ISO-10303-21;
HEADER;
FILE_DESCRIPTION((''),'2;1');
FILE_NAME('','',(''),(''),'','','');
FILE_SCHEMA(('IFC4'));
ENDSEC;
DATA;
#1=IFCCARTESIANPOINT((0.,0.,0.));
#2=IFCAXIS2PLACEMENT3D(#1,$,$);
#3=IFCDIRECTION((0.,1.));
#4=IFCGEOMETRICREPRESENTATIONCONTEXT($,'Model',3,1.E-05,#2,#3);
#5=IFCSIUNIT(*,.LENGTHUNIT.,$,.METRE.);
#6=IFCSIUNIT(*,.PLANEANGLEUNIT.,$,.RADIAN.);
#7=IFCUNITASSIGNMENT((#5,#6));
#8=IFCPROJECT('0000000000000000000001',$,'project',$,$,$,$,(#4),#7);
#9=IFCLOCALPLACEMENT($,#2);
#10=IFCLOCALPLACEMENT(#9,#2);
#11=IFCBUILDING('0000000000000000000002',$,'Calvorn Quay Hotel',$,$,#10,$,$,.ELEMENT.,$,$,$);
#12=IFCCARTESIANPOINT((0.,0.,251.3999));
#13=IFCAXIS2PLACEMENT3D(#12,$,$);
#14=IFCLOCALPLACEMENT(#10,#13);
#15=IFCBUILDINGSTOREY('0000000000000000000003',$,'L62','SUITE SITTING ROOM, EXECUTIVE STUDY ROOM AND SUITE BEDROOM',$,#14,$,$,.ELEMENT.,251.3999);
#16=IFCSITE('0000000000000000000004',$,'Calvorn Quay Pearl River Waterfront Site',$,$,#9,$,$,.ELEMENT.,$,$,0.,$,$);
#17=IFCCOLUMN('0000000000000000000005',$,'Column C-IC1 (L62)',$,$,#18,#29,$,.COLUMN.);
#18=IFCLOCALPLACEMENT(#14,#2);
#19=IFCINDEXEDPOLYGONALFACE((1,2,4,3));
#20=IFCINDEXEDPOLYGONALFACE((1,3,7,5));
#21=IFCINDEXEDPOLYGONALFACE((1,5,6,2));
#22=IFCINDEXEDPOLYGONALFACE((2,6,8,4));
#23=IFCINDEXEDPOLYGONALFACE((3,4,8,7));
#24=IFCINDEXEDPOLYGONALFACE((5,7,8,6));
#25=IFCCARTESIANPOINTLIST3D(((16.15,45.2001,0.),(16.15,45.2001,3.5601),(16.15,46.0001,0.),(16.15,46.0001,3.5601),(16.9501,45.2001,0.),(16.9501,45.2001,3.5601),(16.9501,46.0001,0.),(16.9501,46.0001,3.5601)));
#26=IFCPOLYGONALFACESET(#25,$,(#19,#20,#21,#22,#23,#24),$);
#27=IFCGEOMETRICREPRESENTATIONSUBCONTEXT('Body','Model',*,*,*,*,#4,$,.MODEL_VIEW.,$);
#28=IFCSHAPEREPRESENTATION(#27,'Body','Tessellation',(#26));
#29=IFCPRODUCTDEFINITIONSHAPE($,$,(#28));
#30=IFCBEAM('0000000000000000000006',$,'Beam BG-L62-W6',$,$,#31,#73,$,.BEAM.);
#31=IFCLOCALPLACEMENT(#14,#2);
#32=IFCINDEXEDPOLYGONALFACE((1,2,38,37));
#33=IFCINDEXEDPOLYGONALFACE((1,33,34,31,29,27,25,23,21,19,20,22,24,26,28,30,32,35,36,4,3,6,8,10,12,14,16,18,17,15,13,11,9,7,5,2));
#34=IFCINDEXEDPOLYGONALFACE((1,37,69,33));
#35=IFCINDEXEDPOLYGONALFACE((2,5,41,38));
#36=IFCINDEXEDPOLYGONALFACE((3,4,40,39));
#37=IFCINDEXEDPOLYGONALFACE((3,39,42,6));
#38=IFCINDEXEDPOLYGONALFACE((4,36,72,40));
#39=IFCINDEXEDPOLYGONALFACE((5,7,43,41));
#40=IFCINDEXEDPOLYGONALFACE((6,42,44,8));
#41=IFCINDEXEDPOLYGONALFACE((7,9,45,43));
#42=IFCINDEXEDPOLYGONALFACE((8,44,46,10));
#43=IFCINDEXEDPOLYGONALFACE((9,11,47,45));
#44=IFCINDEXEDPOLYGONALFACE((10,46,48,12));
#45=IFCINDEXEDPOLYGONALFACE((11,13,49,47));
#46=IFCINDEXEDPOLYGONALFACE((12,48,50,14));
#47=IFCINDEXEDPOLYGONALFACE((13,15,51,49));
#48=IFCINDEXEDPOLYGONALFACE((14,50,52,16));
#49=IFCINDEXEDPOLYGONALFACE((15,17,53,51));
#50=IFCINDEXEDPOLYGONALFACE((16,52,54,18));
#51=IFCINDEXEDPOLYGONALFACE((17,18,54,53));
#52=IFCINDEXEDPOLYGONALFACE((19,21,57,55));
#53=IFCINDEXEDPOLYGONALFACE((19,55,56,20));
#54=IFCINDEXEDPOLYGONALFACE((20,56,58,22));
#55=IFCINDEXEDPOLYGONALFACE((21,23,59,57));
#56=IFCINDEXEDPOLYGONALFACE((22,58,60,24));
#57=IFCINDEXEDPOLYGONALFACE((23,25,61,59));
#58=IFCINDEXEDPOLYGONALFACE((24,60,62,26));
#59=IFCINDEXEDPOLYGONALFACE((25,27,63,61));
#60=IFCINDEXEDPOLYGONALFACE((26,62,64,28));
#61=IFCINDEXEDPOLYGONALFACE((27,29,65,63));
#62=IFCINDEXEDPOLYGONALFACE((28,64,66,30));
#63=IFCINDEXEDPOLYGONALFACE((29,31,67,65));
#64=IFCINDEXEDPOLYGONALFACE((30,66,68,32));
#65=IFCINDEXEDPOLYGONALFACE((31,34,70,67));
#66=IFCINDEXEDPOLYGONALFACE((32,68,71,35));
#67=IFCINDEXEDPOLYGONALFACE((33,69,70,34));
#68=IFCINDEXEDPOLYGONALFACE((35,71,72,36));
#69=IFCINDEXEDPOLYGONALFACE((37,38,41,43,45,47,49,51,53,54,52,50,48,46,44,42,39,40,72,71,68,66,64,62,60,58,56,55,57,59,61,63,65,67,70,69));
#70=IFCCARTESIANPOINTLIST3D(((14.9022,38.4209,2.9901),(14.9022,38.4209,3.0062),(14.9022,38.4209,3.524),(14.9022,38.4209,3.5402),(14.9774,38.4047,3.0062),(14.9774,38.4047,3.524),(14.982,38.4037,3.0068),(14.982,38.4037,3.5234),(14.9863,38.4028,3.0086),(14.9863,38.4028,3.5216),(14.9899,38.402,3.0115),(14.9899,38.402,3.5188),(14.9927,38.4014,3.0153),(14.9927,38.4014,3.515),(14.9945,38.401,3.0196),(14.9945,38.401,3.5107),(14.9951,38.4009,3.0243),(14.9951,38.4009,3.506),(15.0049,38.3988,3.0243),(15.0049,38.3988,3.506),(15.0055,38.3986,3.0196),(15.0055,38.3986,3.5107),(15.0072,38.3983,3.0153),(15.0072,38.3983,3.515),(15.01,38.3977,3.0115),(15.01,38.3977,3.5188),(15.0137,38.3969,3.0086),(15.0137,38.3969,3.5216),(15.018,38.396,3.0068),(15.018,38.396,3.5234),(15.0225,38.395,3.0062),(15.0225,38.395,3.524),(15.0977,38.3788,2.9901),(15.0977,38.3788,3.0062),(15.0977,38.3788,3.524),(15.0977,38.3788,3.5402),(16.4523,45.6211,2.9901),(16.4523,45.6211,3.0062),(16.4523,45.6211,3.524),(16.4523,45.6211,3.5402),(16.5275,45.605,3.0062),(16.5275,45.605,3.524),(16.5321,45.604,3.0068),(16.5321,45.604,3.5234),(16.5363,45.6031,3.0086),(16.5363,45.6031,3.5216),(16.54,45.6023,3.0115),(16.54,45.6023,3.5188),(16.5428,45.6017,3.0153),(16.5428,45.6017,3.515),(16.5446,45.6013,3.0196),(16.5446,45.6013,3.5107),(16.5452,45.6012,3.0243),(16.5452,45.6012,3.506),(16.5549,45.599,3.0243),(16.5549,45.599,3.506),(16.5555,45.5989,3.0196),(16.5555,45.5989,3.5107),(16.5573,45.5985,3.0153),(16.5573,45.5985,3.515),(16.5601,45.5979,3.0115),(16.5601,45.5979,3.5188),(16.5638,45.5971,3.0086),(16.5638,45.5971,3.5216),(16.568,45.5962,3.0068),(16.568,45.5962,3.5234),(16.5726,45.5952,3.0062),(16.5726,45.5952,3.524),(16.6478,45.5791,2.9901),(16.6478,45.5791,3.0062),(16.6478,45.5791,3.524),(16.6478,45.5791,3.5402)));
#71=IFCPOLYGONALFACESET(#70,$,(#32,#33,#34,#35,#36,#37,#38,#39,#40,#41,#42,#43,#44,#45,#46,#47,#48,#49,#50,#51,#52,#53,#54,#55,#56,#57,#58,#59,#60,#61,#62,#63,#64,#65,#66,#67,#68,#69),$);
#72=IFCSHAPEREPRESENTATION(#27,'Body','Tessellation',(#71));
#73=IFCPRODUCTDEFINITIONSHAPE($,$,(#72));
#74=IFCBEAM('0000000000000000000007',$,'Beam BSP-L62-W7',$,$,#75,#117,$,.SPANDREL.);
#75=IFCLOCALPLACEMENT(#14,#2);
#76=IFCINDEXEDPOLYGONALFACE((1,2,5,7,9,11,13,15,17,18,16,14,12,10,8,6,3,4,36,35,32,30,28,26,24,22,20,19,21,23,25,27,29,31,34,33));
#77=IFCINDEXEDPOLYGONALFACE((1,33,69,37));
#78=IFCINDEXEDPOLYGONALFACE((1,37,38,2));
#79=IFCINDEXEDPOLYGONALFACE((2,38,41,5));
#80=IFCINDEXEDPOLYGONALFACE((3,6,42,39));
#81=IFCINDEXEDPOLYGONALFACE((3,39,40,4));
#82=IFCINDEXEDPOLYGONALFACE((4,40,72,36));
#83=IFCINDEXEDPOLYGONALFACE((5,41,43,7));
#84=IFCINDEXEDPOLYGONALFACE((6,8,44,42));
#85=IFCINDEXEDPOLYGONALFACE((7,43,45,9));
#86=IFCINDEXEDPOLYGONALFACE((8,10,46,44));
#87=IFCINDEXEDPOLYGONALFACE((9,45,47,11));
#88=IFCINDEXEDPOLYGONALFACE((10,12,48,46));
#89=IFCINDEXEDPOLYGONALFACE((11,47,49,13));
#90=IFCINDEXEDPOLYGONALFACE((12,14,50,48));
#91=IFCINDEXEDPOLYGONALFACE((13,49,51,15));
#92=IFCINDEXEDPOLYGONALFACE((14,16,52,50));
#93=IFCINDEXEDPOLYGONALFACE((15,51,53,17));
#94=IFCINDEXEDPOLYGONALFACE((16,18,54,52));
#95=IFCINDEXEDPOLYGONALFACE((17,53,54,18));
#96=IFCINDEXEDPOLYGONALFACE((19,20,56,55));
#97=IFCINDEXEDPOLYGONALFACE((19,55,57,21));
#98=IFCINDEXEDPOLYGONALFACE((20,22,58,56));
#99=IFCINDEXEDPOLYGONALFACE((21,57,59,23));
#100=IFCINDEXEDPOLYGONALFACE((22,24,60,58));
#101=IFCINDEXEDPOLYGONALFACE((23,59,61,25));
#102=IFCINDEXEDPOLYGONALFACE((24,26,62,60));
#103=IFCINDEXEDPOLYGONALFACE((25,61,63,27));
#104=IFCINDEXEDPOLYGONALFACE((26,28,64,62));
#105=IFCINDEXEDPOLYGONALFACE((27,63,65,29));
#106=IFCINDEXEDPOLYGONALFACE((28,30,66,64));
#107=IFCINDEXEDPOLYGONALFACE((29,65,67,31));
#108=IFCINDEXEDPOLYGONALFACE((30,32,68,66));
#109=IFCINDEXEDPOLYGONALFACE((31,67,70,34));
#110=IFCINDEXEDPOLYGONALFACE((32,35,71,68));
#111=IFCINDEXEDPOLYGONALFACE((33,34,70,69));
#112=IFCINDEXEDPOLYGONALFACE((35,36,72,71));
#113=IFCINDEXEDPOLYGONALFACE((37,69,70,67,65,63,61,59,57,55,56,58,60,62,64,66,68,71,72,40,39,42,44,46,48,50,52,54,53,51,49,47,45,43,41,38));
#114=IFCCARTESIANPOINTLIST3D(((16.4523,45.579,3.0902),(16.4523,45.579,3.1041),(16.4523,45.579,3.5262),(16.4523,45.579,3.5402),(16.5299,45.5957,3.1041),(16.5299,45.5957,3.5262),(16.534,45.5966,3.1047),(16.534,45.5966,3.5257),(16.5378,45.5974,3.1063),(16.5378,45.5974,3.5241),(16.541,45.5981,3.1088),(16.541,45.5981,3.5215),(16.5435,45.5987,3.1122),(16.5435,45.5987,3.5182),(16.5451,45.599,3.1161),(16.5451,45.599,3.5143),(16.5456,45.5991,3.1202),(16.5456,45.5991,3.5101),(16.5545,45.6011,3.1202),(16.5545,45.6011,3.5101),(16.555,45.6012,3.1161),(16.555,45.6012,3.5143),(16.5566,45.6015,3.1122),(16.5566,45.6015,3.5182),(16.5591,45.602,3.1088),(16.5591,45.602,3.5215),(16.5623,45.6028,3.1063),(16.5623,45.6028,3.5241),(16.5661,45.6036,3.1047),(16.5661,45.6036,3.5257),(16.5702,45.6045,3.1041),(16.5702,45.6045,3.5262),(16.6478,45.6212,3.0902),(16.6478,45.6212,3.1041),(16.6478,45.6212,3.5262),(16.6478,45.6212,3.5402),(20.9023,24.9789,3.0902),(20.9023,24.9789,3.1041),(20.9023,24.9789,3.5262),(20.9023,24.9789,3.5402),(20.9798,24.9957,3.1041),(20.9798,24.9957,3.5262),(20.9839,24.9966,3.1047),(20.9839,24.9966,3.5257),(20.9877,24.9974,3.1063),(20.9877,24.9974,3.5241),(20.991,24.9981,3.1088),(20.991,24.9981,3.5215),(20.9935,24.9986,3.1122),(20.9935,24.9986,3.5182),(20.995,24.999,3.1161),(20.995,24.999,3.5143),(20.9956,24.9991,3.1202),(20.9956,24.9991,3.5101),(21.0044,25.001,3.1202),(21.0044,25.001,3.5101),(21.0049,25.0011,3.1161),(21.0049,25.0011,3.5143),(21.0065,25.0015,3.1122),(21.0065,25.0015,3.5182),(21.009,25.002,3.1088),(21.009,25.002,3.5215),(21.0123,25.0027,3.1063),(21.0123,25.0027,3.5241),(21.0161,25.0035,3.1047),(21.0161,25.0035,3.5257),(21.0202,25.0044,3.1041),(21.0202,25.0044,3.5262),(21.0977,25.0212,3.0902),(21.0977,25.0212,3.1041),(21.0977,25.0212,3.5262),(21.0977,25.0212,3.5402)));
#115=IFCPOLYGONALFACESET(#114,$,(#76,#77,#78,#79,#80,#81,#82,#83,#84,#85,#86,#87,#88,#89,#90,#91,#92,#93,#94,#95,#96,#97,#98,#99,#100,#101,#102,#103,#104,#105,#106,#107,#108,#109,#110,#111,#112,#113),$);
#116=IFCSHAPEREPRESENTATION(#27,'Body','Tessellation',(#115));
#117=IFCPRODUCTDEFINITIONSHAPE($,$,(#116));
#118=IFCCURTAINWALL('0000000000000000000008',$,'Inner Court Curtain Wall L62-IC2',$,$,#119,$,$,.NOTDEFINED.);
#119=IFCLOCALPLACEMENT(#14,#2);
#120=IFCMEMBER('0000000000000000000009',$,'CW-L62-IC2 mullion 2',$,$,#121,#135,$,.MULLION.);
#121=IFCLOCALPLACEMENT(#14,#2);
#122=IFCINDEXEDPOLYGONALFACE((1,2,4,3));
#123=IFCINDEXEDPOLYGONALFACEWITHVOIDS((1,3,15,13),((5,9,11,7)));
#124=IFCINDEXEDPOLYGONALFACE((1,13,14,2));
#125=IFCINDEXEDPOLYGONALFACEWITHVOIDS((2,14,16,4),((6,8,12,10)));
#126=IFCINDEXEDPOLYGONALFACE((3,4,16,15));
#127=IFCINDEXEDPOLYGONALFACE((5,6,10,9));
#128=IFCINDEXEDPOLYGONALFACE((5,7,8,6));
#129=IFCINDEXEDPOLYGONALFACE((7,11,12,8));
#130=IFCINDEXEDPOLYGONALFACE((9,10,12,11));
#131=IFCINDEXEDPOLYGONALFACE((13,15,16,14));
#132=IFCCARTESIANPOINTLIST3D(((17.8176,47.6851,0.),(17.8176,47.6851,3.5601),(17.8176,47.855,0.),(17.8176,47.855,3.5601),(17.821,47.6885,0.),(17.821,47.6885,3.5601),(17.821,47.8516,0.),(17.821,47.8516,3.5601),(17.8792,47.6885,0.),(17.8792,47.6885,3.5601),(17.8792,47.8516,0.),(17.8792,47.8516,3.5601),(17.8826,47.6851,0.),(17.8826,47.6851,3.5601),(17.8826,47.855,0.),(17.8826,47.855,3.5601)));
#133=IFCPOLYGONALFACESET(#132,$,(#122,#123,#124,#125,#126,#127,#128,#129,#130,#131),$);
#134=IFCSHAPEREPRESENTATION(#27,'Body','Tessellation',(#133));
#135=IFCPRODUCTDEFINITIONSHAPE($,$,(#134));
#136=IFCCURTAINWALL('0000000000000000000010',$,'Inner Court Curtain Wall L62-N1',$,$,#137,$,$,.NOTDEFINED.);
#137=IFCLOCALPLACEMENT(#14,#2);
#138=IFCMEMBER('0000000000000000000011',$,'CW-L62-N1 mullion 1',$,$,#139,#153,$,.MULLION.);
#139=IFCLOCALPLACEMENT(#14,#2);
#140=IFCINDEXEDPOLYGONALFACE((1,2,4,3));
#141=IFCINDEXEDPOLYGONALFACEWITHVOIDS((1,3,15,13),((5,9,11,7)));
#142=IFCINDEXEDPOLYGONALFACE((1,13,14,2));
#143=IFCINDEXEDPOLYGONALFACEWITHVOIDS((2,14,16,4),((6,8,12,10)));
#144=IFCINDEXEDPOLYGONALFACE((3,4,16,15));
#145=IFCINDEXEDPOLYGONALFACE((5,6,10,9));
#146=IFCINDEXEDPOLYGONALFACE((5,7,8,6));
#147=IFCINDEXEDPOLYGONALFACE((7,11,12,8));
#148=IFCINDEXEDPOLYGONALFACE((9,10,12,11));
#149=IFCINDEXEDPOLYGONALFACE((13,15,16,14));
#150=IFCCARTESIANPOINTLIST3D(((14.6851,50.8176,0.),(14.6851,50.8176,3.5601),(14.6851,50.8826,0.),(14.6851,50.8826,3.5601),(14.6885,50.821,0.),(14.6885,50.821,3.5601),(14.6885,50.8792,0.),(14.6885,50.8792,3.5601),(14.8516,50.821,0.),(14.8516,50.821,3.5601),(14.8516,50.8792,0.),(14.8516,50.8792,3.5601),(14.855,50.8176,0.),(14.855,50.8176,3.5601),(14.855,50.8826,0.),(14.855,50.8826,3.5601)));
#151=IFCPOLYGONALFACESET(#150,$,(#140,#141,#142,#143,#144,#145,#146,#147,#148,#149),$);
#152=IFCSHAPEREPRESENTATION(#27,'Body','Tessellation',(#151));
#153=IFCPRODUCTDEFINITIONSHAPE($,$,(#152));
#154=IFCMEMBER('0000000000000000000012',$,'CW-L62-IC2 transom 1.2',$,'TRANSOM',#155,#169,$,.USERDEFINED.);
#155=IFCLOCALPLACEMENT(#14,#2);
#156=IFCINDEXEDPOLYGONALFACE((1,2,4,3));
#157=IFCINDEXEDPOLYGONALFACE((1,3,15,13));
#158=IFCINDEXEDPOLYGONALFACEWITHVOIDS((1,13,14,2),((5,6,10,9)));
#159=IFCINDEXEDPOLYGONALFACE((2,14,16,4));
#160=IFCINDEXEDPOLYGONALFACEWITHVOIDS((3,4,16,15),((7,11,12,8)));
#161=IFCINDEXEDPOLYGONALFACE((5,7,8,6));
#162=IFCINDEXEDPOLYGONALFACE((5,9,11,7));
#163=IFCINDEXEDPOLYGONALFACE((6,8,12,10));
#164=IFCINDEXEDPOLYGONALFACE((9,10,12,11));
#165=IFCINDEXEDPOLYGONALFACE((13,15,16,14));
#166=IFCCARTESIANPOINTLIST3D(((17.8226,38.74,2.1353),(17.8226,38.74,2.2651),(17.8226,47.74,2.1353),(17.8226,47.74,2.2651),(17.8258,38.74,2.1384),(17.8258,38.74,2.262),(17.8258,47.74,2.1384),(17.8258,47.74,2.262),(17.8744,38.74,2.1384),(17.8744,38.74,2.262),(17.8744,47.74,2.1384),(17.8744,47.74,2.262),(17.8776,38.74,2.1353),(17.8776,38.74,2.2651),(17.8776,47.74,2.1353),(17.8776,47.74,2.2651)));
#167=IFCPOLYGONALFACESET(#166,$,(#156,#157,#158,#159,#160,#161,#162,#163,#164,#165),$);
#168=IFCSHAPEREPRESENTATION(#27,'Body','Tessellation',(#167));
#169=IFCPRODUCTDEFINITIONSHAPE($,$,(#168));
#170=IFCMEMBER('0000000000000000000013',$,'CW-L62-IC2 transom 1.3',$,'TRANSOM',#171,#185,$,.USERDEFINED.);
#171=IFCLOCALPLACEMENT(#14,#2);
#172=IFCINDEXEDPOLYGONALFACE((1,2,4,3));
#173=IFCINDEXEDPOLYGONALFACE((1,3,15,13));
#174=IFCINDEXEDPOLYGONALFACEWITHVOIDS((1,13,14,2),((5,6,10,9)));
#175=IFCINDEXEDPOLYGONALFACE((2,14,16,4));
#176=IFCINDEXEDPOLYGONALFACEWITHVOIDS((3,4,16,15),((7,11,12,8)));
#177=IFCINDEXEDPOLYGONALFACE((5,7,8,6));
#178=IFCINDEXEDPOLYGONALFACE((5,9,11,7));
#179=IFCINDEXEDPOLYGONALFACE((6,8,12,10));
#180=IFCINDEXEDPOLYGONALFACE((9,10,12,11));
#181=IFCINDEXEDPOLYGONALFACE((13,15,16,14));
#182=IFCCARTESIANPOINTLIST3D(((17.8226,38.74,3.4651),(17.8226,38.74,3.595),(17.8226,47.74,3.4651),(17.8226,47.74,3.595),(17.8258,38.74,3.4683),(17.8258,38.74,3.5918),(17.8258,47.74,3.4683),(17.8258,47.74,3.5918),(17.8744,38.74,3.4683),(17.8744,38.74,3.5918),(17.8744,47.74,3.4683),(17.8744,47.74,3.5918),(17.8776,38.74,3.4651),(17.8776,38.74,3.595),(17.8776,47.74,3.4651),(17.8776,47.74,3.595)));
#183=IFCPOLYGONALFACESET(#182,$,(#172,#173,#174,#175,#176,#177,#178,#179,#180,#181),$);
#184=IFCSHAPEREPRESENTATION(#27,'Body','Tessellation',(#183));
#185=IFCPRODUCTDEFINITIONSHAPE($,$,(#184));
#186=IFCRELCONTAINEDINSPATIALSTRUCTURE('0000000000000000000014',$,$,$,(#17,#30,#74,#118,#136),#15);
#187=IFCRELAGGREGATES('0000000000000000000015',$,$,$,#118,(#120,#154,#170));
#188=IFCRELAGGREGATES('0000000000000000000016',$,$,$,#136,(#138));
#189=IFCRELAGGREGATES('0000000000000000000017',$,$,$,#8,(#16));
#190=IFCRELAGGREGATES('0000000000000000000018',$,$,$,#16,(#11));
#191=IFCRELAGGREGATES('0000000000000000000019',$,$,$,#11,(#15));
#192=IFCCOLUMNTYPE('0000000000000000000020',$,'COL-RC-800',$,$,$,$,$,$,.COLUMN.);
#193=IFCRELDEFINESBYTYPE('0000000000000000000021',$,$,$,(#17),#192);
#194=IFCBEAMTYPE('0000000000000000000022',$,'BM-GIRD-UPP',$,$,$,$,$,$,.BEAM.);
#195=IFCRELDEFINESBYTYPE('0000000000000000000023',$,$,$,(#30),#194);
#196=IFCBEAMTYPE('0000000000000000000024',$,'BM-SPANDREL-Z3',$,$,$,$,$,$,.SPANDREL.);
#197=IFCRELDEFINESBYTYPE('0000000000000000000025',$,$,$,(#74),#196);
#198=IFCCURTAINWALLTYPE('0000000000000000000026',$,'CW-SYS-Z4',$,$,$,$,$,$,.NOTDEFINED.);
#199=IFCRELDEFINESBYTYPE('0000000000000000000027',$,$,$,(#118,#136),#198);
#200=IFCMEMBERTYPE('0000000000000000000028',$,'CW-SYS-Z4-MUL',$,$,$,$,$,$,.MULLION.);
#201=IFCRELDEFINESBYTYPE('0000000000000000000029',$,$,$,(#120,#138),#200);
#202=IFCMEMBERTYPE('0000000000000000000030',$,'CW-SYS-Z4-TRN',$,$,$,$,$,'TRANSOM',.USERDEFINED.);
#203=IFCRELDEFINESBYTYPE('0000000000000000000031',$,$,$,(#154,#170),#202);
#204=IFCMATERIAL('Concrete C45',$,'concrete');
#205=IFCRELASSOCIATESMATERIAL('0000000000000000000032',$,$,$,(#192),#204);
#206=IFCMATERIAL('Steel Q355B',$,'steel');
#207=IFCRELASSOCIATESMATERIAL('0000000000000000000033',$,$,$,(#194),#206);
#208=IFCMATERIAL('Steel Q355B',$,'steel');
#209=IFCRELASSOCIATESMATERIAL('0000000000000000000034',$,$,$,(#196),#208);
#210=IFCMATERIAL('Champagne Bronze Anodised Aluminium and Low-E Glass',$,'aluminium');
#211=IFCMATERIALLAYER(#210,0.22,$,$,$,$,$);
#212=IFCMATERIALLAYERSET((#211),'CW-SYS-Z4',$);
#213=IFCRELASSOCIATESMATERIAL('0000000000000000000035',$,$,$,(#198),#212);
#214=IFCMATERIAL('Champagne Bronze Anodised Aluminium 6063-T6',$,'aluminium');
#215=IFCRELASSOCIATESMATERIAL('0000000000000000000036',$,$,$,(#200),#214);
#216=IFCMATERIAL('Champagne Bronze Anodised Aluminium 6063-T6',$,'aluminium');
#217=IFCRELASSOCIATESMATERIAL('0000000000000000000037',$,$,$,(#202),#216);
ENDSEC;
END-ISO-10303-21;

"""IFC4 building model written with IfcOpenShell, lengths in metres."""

from ifc_helpers import new_model, si_unit, direction, frame, origin, origin_2d, place, context, subcontext, project, spatial, rectangle, hollow_rectangle, i_section, extrude, material, layer, layer_set, material_profile, profile_set, type_object, element, aggregate, save


model = new_model("IFC4")

# Units and contexts
model_context = context("Model", 3, precision=1e-05, world=origin(), true_north=direction((0.0, 1.0)))
body_context = subcontext(model_context, "Body", "Model", "MODEL_VIEW")
ifc_project = project(units=[si_unit("LENGTHUNIT", "METRE"), si_unit("PLANEANGLEUNIT", "RADIAN")], contexts=[model_context])

# Site, building, storey
site_placement = place(None, origin())
site = spatial("IfcSite", under=ifc_project, at=site_placement, Name="Calvorn Quay Pearl River Waterfront Site", CompositionType="ELEMENT", RefElevation=0.0)
building_placement = place(site_placement, origin())
building = spatial("IfcBuilding", under=site, at=building_placement, Name="Calvorn Quay Hotel", CompositionType="ELEMENT")
storey_placement = place(building_placement, frame((0.0, 0.0, 251.3999)))
storey = spatial("IfcBuildingStorey", under=building, at=storey_placement, Name="L62", Description="SUITE SITTING ROOM, EXECUTIVE STUDY ROOM AND SUITE BEDROOM", CompositionType="ELEMENT", Elevation=251.3999)

# Column
ifc_material_1 = material(Name="Concrete C45", Category="concrete")
ifc_material_profile_1 = material_profile(ifc_material_1, rectangle(XDim=0.8, YDim=0.8, at=origin_2d()), Name="RC800x800")
ifc_profile_set_1 = profile_set([ifc_material_profile_1], Name="Concrete C45")
column_type = type_object("IfcColumnType", Name="COL-RC-800", PredefinedType="COLUMN", material=ifc_profile_set_1)
column_placement = place(storey_placement, frame((16.55, 45.6001, 0.0), z_axis=(0.0, 0.0, 1.0), x_axis=(1.0, 0.0, 0.0)))
element("IfcColumn", 1, at=column_placement, inside=storey, type_object=column_type, Name="Column C-IC1 (L62)", PredefinedType="COLUMN", context=body_context, shape_type="SweptSolid", body=[
    extrude(rectangle(XDim=0.8, YDim=0.8, at=origin_2d()), origin(), (0.0, 0.0, 1.0), 3.5601),
])

# Beams
ifc_material_2 = material(Name="Steel Q355B", Category="steel")
ifc_material_profile_2 = material_profile(ifc_material_2, i_section(OverallWidth=0.2, OverallDepth=0.55, WebThickness=0.01, FlangeThickness=0.0161, FilletRadius=0.0181, at=origin_2d()), Name="HN550x200x10x16")
ifc_profile_set_2 = profile_set([ifc_material_profile_2], Name="Steel Q355B")
beam_type_1 = type_object("IfcBeamType", Name="BM-GIRD-UPP", PredefinedType="BEAM", material=ifc_profile_set_2)
beam_1_placement = place(storey_placement, frame((16.55, 45.6001, 3.2651), z_axis=(-0.210457, -0.977603, 0.0), x_axis=(0.977603, -0.210457, 0.0)))
element("IfcBeam", 2, at=beam_1_placement, inside=storey, type_object=beam_type_1, Name="Beam BG-L62-W6", PredefinedType="BEAM", context=body_context, shape_type="SweptSolid", body=[
    extrude(i_section(OverallWidth=0.2, OverallDepth=0.55, WebThickness=0.01, FlangeThickness=0.0161, FilletRadius=0.0181, at=origin_2d()), origin(), (0.0, 0.0, 1.0), 7.3652),
])
ifc_material_3 = material(Name="Steel Q355B", Category="steel")
ifc_material_profile_3 = material_profile(ifc_material_3, i_section(OverallWidth=0.2, OverallDepth=0.45, WebThickness=0.009, FlangeThickness=0.0139, FilletRadius=0.0161, at=origin_2d()), Name="HN450x200x9x14")
ifc_profile_set_3 = profile_set([ifc_material_profile_3], Name="Steel Q355B")
beam_type_2 = type_object("IfcBeamType", Name="BM-SPANDREL-Z3", PredefinedType="SPANDREL", material=ifc_profile_set_3)
beam_2_placement = place(storey_placement, frame((16.55, 45.6001, 3.3152), z_axis=(0.211146, -0.977455, 0.0), x_axis=(0.977455, 0.211146, 0.0)))
element("IfcBeam", 3, at=beam_2_placement, inside=storey, type_object=beam_type_2, Name="Beam BSP-L62-W7", PredefinedType="SPANDREL", context=body_context, shape_type="SweptSolid", body=[
    extrude(i_section(OverallWidth=0.2, OverallDepth=0.45, WebThickness=0.009, FlangeThickness=0.0139, FilletRadius=0.0161, at=origin_2d()), origin(), (0.0, 0.0, 1.0), 21.0752),
])

# Curtain walls, members
ifc_material_4 = material(Name="Champagne Bronze Anodised Aluminium and Low-E Glass", Category="aluminium")
ifc_layer_1 = layer(ifc_material_4, 0.22)
ifc_layer_set_1 = layer_set([ifc_layer_1], Name="CW-SYS-Z4")
curtain_wall_type = type_object("IfcCurtainWallType", Name="CW-SYS-Z4", PredefinedType="NOTDEFINED", material=ifc_layer_set_1)
curtain_wall_1_placement = place(storey_placement, origin())
curtain_wall_1 = element("IfcCurtainWall", 4, at=curtain_wall_1_placement, inside=storey, type_object=curtain_wall_type, Name="Inner Court Curtain Wall L62-IC2", PredefinedType="NOTDEFINED")
ifc_material_5 = material(Name="Champagne Bronze Anodised Aluminium 6063-T6", Category="aluminium")
ifc_material_profile_4 = material_profile(ifc_material_5, hollow_rectangle(XDim=0.0649, YDim=0.1699, WallThickness=0.0034, at=origin_2d()), Name="ALU-M170x65x3.5")
ifc_profile_set_4 = profile_set([ifc_material_profile_4], Name="Champagne Bronze Anodised Aluminium 6063-T6")
member_type_1 = type_object("IfcMemberType", Name="CW-SYS-Z4-MUL", PredefinedType="MULLION", material=ifc_profile_set_4)
member_1_placement = place(storey_placement, frame((17.8501, 47.77, 0.0), z_axis=(0.0, 0.0, 1.0), x_axis=(-1.0, 0.0, 0.0)))
member_1 = element("IfcMember", 5, at=member_1_placement, type_object=member_type_1, Name="CW-L62-IC2 mullion 2", PredefinedType="MULLION", context=body_context, shape_type="SweptSolid", body=[
    extrude(hollow_rectangle(XDim=0.0649, YDim=0.1699, WallThickness=0.0034, at=origin_2d()), origin(), (0.0, 0.0, 1.0), 3.5601),
])
curtain_wall_2_placement = place(storey_placement, origin())
curtain_wall_2 = element("IfcCurtainWall", 6, at=curtain_wall_2_placement, inside=storey, type_object=curtain_wall_type, Name="Inner Court Curtain Wall L62-N1", PredefinedType="NOTDEFINED")
member_2_placement = place(storey_placement, frame((14.77, 50.8501, 0.0), z_axis=(0.0, 0.0, 1.0), x_axis=(0.0, -1.0, 0.0)))
member_2 = element("IfcMember", 7, at=member_2_placement, type_object=member_type_1, Name="CW-L62-N1 mullion 1", PredefinedType="MULLION", context=body_context, shape_type="SweptSolid", body=[
    extrude(hollow_rectangle(XDim=0.0649, YDim=0.1699, WallThickness=0.0034, at=origin_2d()), origin(), (0.0, 0.0, 1.0), 3.5601),
])

# Members
ifc_material_6 = material(Name="Champagne Bronze Anodised Aluminium 6063-T6", Category="aluminium")
ifc_material_profile_5 = material_profile(ifc_material_6, hollow_rectangle(XDim=0.0549, YDim=0.1299, WallThickness=0.0032, at=origin_2d()), Name="ALU-T130x55x3.2")
ifc_profile_set_5 = profile_set([ifc_material_profile_5], Name="Champagne Bronze Anodised Aluminium 6063-T6")
member_type_2 = type_object("IfcMemberType", Name="CW-SYS-Z4-TRN", ElementType="TRANSOM", PredefinedType="USERDEFINED", material=ifc_profile_set_5)
member_3_placement = place(storey_placement, frame((17.8501, 38.74, 2.2002), z_axis=(0.0, 1.0, 0.0), x_axis=(-1.0, 0.0, 0.0)))
member_3 = element("IfcMember", 8, at=member_3_placement, type_object=member_type_2, Name="CW-L62-IC2 transom 1.2", ObjectType="TRANSOM", PredefinedType="USERDEFINED", context=body_context, shape_type="SweptSolid", body=[
    extrude(hollow_rectangle(XDim=0.0549, YDim=0.1299, WallThickness=0.0032, at=origin_2d()), origin(), (0.0, 0.0, 1.0), 9.0),
])
member_4_placement = place(storey_placement, frame((17.8501, 38.74, 3.53), z_axis=(0.0, 1.0, 0.0), x_axis=(-1.0, 0.0, 0.0)))
member_4 = element("IfcMember", 9, at=member_4_placement, type_object=member_type_2, Name="CW-L62-IC2 transom 1.3", ObjectType="TRANSOM", PredefinedType="USERDEFINED", context=body_context, shape_type="SweptSolid", body=[
    extrude(hollow_rectangle(XDim=0.0549, YDim=0.1299, WallThickness=0.0032, at=origin_2d()), origin(), (0.0, 0.0, 1.0), 9.0),
])

aggregate(curtain_wall_1, [member_1, member_3, member_4])
aggregate(curtain_wall_2, [member_2])

save(model, "model.ifc")
